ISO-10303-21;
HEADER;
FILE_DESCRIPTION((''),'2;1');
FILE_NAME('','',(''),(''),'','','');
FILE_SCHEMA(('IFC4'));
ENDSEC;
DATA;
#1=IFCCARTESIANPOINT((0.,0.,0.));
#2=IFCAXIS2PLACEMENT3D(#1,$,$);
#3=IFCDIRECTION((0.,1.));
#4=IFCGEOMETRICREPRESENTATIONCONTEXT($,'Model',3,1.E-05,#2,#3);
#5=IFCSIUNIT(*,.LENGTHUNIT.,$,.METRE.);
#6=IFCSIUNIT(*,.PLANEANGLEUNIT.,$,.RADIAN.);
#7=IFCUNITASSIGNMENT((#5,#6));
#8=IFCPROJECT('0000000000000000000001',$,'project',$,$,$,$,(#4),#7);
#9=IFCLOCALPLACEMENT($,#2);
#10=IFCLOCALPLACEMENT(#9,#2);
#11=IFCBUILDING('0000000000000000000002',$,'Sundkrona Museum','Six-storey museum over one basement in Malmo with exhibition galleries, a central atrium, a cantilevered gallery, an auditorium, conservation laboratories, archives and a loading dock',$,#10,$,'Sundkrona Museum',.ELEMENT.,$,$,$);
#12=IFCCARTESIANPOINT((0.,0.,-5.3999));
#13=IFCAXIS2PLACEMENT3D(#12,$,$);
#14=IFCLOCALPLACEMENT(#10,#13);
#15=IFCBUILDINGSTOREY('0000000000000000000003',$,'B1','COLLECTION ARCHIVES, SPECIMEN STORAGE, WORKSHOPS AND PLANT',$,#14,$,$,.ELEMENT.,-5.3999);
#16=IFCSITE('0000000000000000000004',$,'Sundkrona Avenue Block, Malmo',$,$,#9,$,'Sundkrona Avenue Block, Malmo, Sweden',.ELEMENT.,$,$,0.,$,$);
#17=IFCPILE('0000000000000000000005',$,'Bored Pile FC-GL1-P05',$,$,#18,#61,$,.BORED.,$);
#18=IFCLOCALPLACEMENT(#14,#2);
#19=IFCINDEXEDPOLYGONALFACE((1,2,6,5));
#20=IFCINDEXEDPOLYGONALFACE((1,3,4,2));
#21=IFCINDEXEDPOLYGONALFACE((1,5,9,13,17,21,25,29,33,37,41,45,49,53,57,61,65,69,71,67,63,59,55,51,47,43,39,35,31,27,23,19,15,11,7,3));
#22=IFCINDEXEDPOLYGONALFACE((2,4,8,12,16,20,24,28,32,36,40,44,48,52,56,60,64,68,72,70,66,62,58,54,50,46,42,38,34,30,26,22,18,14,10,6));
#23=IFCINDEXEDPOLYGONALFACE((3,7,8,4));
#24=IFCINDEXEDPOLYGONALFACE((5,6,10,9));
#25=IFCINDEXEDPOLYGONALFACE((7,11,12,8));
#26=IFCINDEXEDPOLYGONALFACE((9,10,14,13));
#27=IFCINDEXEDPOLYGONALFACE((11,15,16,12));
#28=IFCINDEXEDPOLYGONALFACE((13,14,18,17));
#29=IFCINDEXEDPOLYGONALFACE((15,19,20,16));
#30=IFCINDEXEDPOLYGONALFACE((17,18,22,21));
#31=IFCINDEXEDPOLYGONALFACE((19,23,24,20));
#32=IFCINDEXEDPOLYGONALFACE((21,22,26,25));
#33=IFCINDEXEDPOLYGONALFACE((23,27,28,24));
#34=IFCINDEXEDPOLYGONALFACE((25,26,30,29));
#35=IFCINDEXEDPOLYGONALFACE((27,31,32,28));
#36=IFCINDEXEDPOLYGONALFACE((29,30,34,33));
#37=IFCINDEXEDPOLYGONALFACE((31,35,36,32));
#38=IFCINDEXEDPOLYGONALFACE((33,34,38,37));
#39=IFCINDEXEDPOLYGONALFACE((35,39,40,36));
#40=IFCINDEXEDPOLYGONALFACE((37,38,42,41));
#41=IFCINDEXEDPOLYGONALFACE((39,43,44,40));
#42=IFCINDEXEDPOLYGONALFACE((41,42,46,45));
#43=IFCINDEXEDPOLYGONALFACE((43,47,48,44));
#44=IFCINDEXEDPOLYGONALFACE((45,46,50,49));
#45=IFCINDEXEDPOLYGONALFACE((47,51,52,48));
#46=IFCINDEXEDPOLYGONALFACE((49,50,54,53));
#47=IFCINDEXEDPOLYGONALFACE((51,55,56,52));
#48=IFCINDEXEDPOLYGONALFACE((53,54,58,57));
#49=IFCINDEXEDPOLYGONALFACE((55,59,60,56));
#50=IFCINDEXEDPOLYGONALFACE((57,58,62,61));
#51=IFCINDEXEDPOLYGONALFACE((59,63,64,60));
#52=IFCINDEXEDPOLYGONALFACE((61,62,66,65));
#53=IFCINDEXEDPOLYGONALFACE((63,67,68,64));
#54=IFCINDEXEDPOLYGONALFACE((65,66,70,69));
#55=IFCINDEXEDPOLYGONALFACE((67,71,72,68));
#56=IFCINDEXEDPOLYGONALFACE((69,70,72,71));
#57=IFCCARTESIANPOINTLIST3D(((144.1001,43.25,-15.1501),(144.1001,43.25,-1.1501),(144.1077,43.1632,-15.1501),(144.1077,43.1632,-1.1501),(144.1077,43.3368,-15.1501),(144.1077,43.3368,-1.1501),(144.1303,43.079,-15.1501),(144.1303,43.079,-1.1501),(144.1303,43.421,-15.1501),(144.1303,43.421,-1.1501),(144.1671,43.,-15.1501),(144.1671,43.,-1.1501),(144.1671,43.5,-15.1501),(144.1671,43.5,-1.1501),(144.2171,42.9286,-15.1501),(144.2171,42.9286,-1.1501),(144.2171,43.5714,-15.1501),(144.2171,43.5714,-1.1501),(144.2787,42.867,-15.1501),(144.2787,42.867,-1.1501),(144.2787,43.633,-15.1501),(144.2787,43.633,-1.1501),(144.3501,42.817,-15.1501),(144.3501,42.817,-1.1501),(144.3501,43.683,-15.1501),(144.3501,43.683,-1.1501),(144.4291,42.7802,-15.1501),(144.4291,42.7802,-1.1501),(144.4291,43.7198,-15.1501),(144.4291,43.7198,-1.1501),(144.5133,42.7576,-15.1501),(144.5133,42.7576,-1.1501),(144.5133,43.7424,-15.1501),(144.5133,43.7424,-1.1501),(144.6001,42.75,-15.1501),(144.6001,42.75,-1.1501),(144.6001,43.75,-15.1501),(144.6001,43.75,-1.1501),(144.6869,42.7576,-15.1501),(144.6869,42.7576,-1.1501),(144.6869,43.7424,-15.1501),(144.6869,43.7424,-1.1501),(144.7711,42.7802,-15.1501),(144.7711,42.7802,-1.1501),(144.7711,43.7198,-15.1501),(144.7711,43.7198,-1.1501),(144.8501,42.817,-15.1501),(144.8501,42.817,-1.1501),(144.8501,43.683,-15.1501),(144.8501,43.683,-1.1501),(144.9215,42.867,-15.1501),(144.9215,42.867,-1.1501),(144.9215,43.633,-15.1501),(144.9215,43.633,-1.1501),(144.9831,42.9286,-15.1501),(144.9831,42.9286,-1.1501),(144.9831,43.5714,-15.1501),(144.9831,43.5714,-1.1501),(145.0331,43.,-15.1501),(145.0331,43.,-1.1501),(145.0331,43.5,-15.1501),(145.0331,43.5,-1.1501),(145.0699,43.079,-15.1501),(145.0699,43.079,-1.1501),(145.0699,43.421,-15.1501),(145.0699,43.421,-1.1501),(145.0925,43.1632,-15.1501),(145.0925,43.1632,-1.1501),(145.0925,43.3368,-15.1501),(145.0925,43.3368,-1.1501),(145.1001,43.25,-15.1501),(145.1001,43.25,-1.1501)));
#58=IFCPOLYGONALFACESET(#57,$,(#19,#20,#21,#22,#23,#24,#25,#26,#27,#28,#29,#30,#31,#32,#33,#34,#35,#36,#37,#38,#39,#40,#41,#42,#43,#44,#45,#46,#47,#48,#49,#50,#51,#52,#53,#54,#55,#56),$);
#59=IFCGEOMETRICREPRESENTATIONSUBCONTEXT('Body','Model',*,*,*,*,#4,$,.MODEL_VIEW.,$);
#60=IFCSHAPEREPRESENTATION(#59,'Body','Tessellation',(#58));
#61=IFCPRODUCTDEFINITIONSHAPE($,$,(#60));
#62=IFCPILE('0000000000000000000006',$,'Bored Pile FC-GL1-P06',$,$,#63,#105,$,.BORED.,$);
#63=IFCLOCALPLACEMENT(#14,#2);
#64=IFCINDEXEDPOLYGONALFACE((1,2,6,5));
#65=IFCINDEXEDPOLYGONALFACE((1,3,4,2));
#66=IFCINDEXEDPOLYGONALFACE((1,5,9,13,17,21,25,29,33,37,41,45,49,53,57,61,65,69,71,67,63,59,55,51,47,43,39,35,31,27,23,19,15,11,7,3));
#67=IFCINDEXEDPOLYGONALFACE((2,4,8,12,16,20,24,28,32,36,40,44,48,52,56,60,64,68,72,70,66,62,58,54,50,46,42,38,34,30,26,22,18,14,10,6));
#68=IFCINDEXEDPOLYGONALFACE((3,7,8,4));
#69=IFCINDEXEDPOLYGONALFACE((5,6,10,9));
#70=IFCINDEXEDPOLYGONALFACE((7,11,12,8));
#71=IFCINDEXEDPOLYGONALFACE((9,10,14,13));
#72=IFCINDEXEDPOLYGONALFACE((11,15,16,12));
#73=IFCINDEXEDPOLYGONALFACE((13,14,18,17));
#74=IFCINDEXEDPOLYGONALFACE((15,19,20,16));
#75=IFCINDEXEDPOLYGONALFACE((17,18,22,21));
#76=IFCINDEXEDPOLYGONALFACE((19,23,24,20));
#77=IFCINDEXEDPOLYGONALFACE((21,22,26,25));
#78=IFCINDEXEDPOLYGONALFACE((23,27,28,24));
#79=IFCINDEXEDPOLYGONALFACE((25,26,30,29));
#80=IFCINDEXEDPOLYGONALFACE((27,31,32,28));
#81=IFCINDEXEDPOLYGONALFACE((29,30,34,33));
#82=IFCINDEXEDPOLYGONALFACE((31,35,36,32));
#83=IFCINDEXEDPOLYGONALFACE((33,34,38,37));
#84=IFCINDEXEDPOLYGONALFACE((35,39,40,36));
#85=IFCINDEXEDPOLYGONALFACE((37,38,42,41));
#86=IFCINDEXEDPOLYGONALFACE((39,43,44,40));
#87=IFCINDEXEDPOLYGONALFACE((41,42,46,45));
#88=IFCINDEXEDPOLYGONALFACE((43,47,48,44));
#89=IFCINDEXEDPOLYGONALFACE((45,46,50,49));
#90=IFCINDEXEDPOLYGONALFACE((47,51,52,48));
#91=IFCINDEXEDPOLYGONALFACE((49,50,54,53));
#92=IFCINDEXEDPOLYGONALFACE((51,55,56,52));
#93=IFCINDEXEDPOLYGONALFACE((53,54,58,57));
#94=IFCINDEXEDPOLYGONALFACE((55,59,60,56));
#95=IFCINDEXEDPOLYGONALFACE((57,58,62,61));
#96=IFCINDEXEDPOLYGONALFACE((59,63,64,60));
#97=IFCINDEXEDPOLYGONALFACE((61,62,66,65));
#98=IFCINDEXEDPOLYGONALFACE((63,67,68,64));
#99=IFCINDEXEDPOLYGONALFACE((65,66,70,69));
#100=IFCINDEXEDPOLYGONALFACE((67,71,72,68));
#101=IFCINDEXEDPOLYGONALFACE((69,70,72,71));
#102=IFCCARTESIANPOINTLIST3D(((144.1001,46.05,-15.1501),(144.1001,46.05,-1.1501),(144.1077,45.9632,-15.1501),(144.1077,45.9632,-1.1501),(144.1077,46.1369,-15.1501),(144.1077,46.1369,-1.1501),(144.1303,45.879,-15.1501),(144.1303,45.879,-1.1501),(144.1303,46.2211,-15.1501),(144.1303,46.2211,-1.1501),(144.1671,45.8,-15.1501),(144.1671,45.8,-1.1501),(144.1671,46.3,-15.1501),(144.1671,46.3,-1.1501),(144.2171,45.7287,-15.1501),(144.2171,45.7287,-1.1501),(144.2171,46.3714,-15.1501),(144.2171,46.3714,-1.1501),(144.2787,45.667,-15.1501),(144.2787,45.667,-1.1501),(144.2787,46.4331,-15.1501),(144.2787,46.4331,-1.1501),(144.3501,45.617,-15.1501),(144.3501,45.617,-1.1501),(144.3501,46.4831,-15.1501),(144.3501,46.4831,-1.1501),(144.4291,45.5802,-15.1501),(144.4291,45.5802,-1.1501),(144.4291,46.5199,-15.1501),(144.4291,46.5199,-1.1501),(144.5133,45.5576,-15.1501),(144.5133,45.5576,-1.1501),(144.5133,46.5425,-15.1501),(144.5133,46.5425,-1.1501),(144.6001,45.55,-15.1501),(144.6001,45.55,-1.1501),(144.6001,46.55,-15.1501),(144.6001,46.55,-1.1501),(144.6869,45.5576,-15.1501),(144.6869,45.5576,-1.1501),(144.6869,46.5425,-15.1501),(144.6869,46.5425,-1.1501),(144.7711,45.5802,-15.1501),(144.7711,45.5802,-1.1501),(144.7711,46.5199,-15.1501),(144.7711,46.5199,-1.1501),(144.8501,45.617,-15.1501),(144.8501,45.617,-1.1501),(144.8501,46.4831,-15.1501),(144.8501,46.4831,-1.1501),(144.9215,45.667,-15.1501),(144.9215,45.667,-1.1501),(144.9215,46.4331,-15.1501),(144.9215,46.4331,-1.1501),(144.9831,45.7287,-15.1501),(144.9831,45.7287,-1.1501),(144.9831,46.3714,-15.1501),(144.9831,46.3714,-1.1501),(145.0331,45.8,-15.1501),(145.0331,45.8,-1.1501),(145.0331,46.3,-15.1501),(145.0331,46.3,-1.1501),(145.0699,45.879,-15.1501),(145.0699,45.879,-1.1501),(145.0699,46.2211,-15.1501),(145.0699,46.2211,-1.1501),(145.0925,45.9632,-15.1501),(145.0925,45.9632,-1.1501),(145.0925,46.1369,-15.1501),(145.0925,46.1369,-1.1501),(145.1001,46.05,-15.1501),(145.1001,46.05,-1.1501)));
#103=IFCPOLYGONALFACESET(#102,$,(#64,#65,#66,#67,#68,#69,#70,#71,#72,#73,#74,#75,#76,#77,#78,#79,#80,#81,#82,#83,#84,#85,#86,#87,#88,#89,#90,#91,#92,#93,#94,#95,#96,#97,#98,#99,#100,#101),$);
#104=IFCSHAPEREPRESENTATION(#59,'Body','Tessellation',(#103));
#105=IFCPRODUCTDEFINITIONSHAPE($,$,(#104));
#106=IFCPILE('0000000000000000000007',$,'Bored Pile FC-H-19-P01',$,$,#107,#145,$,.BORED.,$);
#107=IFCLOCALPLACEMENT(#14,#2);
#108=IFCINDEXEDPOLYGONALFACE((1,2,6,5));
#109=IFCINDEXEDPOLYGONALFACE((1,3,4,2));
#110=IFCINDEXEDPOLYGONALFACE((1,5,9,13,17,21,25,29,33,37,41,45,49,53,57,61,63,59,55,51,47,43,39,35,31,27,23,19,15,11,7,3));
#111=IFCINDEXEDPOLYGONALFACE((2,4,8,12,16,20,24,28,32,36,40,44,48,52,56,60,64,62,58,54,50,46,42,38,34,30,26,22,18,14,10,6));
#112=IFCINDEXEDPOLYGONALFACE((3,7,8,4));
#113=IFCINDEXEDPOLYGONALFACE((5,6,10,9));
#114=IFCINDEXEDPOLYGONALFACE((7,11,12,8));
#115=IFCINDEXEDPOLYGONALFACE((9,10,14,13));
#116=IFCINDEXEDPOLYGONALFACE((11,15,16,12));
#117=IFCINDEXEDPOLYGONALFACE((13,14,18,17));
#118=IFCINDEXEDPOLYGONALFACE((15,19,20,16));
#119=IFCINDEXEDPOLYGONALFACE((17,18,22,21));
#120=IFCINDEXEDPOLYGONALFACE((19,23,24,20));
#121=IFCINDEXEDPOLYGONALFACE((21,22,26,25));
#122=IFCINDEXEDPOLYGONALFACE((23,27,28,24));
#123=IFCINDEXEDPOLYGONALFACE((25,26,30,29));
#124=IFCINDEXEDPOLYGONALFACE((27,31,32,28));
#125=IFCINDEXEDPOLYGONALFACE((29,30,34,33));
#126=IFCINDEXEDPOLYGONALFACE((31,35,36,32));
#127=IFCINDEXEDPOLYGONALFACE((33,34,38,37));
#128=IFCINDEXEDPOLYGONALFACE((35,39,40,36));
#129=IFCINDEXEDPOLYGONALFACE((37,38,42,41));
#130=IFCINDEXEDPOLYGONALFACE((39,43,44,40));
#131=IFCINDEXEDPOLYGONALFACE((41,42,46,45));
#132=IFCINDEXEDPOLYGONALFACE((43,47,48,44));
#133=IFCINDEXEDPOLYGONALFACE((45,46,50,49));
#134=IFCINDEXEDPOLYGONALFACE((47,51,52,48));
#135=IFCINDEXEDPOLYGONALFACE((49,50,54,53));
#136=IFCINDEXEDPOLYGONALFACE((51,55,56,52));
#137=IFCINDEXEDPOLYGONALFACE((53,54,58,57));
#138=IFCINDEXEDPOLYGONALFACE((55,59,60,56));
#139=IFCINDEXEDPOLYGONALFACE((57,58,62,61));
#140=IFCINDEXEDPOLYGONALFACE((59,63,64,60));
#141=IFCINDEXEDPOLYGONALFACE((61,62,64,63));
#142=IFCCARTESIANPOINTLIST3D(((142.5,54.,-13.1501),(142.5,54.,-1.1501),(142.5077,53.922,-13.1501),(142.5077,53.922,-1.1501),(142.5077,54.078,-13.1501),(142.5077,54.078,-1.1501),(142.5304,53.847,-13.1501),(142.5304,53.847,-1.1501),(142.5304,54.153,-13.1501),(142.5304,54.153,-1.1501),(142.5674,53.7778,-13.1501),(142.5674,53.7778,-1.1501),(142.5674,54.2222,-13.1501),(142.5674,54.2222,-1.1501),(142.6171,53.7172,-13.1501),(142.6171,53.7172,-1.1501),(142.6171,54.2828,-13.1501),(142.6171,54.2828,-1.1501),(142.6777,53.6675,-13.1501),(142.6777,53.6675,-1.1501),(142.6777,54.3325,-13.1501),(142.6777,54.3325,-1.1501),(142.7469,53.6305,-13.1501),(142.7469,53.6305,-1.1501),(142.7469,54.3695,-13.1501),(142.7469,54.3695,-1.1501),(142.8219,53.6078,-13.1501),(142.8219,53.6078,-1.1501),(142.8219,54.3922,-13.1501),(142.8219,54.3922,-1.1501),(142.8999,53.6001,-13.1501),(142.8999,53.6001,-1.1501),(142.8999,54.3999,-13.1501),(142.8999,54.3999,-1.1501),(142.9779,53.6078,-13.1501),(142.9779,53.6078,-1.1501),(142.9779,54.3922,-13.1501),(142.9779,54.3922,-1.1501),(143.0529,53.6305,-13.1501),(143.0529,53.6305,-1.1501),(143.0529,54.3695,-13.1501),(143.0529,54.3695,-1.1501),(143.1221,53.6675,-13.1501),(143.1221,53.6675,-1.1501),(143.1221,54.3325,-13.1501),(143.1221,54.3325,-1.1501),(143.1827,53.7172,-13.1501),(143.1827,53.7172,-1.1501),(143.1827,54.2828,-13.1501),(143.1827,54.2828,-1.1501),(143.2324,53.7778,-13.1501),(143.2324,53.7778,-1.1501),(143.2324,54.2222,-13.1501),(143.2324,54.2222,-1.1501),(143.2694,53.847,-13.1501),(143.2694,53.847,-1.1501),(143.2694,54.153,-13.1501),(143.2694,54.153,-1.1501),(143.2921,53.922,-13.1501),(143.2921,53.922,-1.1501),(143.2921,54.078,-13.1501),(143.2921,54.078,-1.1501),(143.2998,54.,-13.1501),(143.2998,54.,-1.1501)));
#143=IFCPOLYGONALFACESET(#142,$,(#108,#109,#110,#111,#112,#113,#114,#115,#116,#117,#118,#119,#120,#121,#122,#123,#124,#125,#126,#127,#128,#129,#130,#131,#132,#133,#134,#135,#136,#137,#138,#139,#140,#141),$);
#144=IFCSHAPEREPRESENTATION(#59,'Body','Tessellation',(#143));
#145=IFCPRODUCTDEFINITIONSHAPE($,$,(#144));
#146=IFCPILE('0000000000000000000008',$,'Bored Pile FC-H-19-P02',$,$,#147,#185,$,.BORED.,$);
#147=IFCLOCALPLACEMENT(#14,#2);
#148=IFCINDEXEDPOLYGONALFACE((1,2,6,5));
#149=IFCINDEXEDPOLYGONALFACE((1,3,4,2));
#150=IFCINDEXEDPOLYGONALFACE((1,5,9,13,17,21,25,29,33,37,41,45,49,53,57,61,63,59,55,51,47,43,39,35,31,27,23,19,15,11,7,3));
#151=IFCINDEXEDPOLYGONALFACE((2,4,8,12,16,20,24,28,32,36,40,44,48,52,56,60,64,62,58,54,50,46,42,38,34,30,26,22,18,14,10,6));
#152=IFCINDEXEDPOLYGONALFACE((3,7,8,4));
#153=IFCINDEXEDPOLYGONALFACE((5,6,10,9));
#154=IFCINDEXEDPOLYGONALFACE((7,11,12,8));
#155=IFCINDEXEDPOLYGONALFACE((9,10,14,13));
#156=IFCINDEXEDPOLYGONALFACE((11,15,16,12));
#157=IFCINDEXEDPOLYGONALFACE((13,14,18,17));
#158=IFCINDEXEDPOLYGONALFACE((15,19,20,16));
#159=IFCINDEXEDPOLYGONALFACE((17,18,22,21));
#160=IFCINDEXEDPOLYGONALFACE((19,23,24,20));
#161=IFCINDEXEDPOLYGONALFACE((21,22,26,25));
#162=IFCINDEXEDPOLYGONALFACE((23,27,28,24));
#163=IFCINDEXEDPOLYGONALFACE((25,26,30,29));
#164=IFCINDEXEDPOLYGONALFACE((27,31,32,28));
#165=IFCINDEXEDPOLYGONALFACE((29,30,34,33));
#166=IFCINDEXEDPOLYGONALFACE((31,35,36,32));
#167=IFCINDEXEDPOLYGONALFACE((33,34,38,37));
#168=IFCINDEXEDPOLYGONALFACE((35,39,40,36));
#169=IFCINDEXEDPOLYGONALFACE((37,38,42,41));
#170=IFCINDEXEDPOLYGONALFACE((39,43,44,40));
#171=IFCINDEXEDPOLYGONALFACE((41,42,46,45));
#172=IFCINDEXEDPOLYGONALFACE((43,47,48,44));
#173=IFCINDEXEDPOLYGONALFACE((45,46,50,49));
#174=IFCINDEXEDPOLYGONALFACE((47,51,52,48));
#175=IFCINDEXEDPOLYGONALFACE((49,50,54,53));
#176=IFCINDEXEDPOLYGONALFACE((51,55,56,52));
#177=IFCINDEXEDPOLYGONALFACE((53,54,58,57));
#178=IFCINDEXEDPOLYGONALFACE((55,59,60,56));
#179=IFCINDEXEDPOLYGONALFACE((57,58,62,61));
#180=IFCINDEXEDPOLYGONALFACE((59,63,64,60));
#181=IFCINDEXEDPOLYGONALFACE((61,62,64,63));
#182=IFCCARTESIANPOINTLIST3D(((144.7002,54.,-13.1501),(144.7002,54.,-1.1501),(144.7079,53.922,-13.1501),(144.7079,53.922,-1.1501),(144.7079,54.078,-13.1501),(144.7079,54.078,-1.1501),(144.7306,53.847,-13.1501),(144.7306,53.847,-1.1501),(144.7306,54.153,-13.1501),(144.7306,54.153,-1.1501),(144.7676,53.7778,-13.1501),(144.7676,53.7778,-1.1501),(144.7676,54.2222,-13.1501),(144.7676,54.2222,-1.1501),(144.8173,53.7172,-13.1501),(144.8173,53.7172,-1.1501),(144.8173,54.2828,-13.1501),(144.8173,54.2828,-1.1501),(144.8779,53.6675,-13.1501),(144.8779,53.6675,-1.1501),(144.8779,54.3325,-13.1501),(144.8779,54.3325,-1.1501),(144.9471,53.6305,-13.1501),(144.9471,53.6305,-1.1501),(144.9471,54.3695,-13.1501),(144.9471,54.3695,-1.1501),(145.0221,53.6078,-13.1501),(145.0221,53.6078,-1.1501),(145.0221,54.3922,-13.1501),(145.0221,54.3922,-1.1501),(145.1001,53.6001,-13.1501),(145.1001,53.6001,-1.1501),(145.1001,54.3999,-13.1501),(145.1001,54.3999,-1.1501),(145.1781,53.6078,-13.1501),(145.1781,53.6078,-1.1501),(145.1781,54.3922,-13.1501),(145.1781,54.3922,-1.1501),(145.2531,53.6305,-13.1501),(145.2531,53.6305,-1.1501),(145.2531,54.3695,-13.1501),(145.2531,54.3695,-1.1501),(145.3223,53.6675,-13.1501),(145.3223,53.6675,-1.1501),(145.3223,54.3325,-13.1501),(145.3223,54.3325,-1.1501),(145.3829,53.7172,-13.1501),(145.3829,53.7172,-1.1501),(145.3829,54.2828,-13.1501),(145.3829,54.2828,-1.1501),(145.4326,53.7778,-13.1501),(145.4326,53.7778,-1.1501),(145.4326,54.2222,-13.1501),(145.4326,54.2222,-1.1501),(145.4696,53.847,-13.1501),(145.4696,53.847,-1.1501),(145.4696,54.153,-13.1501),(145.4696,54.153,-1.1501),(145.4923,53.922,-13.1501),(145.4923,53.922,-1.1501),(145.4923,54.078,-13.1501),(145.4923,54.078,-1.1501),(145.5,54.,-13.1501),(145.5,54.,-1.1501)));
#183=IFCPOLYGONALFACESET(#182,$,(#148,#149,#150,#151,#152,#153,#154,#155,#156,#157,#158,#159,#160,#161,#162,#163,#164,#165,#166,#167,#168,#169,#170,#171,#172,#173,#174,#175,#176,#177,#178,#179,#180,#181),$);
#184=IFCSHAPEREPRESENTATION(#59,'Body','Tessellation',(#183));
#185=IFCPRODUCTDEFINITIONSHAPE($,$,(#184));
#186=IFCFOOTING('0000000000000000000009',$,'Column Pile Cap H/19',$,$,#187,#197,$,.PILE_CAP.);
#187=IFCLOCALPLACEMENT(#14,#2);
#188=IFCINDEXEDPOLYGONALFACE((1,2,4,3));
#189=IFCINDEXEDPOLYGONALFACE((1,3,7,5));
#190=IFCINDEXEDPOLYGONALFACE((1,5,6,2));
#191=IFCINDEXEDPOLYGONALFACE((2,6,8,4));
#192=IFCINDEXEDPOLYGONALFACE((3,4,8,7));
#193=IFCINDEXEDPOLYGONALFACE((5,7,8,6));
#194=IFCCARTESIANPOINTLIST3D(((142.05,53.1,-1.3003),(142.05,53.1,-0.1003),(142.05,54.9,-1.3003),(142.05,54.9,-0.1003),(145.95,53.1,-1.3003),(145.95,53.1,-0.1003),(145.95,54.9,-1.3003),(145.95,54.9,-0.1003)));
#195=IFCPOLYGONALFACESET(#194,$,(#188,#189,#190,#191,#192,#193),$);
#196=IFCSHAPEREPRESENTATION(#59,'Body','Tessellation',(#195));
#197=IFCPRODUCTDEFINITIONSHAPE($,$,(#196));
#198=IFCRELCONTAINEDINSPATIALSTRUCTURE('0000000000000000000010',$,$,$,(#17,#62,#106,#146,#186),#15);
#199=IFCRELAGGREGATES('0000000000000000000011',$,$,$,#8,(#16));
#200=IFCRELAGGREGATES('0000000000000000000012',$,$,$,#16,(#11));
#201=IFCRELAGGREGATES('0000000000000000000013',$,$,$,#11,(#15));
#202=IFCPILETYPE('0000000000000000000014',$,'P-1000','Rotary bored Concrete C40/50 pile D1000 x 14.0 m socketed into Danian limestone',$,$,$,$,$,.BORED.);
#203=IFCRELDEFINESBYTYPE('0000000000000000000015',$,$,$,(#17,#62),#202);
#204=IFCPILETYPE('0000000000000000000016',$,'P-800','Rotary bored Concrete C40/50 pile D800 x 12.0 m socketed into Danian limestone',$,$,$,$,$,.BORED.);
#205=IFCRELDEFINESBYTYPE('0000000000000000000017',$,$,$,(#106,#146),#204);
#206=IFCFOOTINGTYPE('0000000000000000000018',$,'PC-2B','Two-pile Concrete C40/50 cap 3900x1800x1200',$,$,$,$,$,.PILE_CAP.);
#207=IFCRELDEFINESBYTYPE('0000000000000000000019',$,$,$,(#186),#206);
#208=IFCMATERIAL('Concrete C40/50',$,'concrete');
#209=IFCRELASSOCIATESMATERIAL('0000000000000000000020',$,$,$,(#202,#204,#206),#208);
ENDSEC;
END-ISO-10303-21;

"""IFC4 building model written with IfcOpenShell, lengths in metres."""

from ifc_helpers import new_model, si_unit, direction, frame, origin, origin_2d, place, context, subcontext, project, spatial, rectangle, circle, extrude, material, material_profile, profile_set, type_object, element, save


model = new_model("IFC4")

# Units and contexts
model_context = context("Model", 3, precision=1e-05, world=origin(), true_north=direction((0.0, 1.0)))
body_context = subcontext(model_context, "Body", "Model", "MODEL_VIEW")
ifc_project = project(units=[si_unit("LENGTHUNIT", "METRE"), si_unit("PLANEANGLEUNIT", "RADIAN")], contexts=[model_context])

# Site, building, storey
site_placement = place(None, origin())
site = spatial("IfcSite", under=ifc_project, at=site_placement, Name="Sundkrona Avenue Block, Malmo", LongName="Sundkrona Avenue Block, Malmo, Sweden", CompositionType="ELEMENT", RefElevation=0.0)
building_placement = place(site_placement, origin())
building = spatial("IfcBuilding", under=site, at=building_placement, Name="Sundkrona Museum", Description="Six-storey museum over one basement in Malmo with exhibition galleries, a central atrium, a cantilevered gallery, an auditorium, conservation laboratories, archives and a loading dock", LongName="Sundkrona Museum", CompositionType="ELEMENT")
storey_placement = place(building_placement, frame((0.0, 0.0, -5.3999)))
storey = spatial("IfcBuildingStorey", under=building, at=storey_placement, Name="B1", Description="COLLECTION ARCHIVES, SPECIMEN STORAGE, WORKSHOPS AND PLANT", CompositionType="ELEMENT", Elevation=-5.3999)

# Piles
ifc_material_1 = material(Name="Concrete C40/50", Category="concrete")
ifc_material_profile_1 = material_profile(ifc_material_1, circle(Radius=0.5, at=origin_2d()), Name="PILE D1000")
ifc_profile_set_1 = profile_set([ifc_material_profile_1], Name="Concrete C40/50")
pile_type_1 = type_object("IfcPileType", Name="P-1000", Description="Rotary bored Concrete C40/50 pile D1000 x 14.0 m socketed into Danian limestone", PredefinedType="BORED", material=ifc_profile_set_1)
for number, where, z_axis, x_axis, name in (
    (1, (144.6001, 43.25, -1.1501), (0.0, 0.0, -1.0), (1.0, 0.0, 0.0), "Bored Pile FC-GL1-P05"),
    (2, (144.6001, 46.05, -1.1501), (0.0, 0.0, -1.0), (1.0, 0.0, 0.0), "Bored Pile FC-GL1-P06"),
):
    element("IfcPile", number, at=place(storey_placement, frame(where, z_axis=z_axis, x_axis=x_axis)), inside=storey, type_object=pile_type_1, Name=name, PredefinedType="BORED", context=body_context, shape_type="SweptSolid", body=[
        extrude(circle(Radius=0.5, at=origin_2d()), origin(), (0.0, 0.0, 1.0), 14.0),
    ])
ifc_material_profile_2 = material_profile(ifc_material_1, circle(Radius=0.3999, at=origin_2d()), Name="PILE D800")
ifc_profile_set_2 = profile_set([ifc_material_profile_2], Name="Concrete C40/50")
pile_type_2 = type_object("IfcPileType", Name="P-800", Description="Rotary bored Concrete C40/50 pile D800 x 12.0 m socketed into Danian limestone", PredefinedType="BORED", material=ifc_profile_set_2)
for number, where, z_axis, x_axis, name in (
    (3, (142.8999, 54.0, -1.1501), (0.0, 0.0, -1.0), (1.0, 0.0, 0.0), "Bored Pile FC-H-19-P01"),
    (4, (145.1001, 54.0, -1.1501), (0.0, 0.0, -1.0), (1.0, 0.0, 0.0), "Bored Pile FC-H-19-P02"),
):
    element("IfcPile", number, at=place(storey_placement, frame(where, z_axis=z_axis, x_axis=x_axis)), inside=storey, type_object=pile_type_2, Name=name, PredefinedType="BORED", context=body_context, shape_type="SweptSolid", body=[
        extrude(circle(Radius=0.3999, at=origin_2d()), origin(), (0.0, 0.0, 1.0), 12.0),
    ])

# Footing
footing_type_1 = type_object("IfcFootingType", Name="PC-2B", Description="Two-pile Concrete C40/50 cap 3900x1800x1200", PredefinedType="PILE_CAP", material=ifc_material_1)
footing_1_placement = place(storey_placement, frame((144.0, 54.0, -1.3003), z_axis=(0.0, 0.0, 1.0), x_axis=(1.0, 0.0, 0.0)))
element("IfcFooting", 5, at=footing_1_placement, inside=storey, type_object=footing_type_1, Name="Column Pile Cap H/19", PredefinedType="PILE_CAP", context=body_context, shape_type="SweptSolid", body=[
    extrude(rectangle(XDim=3.8999, YDim=1.8, at=origin_2d()), origin(), (0.0, 0.0, 1.0), 1.2),
])

save(model, "model.ifc")
